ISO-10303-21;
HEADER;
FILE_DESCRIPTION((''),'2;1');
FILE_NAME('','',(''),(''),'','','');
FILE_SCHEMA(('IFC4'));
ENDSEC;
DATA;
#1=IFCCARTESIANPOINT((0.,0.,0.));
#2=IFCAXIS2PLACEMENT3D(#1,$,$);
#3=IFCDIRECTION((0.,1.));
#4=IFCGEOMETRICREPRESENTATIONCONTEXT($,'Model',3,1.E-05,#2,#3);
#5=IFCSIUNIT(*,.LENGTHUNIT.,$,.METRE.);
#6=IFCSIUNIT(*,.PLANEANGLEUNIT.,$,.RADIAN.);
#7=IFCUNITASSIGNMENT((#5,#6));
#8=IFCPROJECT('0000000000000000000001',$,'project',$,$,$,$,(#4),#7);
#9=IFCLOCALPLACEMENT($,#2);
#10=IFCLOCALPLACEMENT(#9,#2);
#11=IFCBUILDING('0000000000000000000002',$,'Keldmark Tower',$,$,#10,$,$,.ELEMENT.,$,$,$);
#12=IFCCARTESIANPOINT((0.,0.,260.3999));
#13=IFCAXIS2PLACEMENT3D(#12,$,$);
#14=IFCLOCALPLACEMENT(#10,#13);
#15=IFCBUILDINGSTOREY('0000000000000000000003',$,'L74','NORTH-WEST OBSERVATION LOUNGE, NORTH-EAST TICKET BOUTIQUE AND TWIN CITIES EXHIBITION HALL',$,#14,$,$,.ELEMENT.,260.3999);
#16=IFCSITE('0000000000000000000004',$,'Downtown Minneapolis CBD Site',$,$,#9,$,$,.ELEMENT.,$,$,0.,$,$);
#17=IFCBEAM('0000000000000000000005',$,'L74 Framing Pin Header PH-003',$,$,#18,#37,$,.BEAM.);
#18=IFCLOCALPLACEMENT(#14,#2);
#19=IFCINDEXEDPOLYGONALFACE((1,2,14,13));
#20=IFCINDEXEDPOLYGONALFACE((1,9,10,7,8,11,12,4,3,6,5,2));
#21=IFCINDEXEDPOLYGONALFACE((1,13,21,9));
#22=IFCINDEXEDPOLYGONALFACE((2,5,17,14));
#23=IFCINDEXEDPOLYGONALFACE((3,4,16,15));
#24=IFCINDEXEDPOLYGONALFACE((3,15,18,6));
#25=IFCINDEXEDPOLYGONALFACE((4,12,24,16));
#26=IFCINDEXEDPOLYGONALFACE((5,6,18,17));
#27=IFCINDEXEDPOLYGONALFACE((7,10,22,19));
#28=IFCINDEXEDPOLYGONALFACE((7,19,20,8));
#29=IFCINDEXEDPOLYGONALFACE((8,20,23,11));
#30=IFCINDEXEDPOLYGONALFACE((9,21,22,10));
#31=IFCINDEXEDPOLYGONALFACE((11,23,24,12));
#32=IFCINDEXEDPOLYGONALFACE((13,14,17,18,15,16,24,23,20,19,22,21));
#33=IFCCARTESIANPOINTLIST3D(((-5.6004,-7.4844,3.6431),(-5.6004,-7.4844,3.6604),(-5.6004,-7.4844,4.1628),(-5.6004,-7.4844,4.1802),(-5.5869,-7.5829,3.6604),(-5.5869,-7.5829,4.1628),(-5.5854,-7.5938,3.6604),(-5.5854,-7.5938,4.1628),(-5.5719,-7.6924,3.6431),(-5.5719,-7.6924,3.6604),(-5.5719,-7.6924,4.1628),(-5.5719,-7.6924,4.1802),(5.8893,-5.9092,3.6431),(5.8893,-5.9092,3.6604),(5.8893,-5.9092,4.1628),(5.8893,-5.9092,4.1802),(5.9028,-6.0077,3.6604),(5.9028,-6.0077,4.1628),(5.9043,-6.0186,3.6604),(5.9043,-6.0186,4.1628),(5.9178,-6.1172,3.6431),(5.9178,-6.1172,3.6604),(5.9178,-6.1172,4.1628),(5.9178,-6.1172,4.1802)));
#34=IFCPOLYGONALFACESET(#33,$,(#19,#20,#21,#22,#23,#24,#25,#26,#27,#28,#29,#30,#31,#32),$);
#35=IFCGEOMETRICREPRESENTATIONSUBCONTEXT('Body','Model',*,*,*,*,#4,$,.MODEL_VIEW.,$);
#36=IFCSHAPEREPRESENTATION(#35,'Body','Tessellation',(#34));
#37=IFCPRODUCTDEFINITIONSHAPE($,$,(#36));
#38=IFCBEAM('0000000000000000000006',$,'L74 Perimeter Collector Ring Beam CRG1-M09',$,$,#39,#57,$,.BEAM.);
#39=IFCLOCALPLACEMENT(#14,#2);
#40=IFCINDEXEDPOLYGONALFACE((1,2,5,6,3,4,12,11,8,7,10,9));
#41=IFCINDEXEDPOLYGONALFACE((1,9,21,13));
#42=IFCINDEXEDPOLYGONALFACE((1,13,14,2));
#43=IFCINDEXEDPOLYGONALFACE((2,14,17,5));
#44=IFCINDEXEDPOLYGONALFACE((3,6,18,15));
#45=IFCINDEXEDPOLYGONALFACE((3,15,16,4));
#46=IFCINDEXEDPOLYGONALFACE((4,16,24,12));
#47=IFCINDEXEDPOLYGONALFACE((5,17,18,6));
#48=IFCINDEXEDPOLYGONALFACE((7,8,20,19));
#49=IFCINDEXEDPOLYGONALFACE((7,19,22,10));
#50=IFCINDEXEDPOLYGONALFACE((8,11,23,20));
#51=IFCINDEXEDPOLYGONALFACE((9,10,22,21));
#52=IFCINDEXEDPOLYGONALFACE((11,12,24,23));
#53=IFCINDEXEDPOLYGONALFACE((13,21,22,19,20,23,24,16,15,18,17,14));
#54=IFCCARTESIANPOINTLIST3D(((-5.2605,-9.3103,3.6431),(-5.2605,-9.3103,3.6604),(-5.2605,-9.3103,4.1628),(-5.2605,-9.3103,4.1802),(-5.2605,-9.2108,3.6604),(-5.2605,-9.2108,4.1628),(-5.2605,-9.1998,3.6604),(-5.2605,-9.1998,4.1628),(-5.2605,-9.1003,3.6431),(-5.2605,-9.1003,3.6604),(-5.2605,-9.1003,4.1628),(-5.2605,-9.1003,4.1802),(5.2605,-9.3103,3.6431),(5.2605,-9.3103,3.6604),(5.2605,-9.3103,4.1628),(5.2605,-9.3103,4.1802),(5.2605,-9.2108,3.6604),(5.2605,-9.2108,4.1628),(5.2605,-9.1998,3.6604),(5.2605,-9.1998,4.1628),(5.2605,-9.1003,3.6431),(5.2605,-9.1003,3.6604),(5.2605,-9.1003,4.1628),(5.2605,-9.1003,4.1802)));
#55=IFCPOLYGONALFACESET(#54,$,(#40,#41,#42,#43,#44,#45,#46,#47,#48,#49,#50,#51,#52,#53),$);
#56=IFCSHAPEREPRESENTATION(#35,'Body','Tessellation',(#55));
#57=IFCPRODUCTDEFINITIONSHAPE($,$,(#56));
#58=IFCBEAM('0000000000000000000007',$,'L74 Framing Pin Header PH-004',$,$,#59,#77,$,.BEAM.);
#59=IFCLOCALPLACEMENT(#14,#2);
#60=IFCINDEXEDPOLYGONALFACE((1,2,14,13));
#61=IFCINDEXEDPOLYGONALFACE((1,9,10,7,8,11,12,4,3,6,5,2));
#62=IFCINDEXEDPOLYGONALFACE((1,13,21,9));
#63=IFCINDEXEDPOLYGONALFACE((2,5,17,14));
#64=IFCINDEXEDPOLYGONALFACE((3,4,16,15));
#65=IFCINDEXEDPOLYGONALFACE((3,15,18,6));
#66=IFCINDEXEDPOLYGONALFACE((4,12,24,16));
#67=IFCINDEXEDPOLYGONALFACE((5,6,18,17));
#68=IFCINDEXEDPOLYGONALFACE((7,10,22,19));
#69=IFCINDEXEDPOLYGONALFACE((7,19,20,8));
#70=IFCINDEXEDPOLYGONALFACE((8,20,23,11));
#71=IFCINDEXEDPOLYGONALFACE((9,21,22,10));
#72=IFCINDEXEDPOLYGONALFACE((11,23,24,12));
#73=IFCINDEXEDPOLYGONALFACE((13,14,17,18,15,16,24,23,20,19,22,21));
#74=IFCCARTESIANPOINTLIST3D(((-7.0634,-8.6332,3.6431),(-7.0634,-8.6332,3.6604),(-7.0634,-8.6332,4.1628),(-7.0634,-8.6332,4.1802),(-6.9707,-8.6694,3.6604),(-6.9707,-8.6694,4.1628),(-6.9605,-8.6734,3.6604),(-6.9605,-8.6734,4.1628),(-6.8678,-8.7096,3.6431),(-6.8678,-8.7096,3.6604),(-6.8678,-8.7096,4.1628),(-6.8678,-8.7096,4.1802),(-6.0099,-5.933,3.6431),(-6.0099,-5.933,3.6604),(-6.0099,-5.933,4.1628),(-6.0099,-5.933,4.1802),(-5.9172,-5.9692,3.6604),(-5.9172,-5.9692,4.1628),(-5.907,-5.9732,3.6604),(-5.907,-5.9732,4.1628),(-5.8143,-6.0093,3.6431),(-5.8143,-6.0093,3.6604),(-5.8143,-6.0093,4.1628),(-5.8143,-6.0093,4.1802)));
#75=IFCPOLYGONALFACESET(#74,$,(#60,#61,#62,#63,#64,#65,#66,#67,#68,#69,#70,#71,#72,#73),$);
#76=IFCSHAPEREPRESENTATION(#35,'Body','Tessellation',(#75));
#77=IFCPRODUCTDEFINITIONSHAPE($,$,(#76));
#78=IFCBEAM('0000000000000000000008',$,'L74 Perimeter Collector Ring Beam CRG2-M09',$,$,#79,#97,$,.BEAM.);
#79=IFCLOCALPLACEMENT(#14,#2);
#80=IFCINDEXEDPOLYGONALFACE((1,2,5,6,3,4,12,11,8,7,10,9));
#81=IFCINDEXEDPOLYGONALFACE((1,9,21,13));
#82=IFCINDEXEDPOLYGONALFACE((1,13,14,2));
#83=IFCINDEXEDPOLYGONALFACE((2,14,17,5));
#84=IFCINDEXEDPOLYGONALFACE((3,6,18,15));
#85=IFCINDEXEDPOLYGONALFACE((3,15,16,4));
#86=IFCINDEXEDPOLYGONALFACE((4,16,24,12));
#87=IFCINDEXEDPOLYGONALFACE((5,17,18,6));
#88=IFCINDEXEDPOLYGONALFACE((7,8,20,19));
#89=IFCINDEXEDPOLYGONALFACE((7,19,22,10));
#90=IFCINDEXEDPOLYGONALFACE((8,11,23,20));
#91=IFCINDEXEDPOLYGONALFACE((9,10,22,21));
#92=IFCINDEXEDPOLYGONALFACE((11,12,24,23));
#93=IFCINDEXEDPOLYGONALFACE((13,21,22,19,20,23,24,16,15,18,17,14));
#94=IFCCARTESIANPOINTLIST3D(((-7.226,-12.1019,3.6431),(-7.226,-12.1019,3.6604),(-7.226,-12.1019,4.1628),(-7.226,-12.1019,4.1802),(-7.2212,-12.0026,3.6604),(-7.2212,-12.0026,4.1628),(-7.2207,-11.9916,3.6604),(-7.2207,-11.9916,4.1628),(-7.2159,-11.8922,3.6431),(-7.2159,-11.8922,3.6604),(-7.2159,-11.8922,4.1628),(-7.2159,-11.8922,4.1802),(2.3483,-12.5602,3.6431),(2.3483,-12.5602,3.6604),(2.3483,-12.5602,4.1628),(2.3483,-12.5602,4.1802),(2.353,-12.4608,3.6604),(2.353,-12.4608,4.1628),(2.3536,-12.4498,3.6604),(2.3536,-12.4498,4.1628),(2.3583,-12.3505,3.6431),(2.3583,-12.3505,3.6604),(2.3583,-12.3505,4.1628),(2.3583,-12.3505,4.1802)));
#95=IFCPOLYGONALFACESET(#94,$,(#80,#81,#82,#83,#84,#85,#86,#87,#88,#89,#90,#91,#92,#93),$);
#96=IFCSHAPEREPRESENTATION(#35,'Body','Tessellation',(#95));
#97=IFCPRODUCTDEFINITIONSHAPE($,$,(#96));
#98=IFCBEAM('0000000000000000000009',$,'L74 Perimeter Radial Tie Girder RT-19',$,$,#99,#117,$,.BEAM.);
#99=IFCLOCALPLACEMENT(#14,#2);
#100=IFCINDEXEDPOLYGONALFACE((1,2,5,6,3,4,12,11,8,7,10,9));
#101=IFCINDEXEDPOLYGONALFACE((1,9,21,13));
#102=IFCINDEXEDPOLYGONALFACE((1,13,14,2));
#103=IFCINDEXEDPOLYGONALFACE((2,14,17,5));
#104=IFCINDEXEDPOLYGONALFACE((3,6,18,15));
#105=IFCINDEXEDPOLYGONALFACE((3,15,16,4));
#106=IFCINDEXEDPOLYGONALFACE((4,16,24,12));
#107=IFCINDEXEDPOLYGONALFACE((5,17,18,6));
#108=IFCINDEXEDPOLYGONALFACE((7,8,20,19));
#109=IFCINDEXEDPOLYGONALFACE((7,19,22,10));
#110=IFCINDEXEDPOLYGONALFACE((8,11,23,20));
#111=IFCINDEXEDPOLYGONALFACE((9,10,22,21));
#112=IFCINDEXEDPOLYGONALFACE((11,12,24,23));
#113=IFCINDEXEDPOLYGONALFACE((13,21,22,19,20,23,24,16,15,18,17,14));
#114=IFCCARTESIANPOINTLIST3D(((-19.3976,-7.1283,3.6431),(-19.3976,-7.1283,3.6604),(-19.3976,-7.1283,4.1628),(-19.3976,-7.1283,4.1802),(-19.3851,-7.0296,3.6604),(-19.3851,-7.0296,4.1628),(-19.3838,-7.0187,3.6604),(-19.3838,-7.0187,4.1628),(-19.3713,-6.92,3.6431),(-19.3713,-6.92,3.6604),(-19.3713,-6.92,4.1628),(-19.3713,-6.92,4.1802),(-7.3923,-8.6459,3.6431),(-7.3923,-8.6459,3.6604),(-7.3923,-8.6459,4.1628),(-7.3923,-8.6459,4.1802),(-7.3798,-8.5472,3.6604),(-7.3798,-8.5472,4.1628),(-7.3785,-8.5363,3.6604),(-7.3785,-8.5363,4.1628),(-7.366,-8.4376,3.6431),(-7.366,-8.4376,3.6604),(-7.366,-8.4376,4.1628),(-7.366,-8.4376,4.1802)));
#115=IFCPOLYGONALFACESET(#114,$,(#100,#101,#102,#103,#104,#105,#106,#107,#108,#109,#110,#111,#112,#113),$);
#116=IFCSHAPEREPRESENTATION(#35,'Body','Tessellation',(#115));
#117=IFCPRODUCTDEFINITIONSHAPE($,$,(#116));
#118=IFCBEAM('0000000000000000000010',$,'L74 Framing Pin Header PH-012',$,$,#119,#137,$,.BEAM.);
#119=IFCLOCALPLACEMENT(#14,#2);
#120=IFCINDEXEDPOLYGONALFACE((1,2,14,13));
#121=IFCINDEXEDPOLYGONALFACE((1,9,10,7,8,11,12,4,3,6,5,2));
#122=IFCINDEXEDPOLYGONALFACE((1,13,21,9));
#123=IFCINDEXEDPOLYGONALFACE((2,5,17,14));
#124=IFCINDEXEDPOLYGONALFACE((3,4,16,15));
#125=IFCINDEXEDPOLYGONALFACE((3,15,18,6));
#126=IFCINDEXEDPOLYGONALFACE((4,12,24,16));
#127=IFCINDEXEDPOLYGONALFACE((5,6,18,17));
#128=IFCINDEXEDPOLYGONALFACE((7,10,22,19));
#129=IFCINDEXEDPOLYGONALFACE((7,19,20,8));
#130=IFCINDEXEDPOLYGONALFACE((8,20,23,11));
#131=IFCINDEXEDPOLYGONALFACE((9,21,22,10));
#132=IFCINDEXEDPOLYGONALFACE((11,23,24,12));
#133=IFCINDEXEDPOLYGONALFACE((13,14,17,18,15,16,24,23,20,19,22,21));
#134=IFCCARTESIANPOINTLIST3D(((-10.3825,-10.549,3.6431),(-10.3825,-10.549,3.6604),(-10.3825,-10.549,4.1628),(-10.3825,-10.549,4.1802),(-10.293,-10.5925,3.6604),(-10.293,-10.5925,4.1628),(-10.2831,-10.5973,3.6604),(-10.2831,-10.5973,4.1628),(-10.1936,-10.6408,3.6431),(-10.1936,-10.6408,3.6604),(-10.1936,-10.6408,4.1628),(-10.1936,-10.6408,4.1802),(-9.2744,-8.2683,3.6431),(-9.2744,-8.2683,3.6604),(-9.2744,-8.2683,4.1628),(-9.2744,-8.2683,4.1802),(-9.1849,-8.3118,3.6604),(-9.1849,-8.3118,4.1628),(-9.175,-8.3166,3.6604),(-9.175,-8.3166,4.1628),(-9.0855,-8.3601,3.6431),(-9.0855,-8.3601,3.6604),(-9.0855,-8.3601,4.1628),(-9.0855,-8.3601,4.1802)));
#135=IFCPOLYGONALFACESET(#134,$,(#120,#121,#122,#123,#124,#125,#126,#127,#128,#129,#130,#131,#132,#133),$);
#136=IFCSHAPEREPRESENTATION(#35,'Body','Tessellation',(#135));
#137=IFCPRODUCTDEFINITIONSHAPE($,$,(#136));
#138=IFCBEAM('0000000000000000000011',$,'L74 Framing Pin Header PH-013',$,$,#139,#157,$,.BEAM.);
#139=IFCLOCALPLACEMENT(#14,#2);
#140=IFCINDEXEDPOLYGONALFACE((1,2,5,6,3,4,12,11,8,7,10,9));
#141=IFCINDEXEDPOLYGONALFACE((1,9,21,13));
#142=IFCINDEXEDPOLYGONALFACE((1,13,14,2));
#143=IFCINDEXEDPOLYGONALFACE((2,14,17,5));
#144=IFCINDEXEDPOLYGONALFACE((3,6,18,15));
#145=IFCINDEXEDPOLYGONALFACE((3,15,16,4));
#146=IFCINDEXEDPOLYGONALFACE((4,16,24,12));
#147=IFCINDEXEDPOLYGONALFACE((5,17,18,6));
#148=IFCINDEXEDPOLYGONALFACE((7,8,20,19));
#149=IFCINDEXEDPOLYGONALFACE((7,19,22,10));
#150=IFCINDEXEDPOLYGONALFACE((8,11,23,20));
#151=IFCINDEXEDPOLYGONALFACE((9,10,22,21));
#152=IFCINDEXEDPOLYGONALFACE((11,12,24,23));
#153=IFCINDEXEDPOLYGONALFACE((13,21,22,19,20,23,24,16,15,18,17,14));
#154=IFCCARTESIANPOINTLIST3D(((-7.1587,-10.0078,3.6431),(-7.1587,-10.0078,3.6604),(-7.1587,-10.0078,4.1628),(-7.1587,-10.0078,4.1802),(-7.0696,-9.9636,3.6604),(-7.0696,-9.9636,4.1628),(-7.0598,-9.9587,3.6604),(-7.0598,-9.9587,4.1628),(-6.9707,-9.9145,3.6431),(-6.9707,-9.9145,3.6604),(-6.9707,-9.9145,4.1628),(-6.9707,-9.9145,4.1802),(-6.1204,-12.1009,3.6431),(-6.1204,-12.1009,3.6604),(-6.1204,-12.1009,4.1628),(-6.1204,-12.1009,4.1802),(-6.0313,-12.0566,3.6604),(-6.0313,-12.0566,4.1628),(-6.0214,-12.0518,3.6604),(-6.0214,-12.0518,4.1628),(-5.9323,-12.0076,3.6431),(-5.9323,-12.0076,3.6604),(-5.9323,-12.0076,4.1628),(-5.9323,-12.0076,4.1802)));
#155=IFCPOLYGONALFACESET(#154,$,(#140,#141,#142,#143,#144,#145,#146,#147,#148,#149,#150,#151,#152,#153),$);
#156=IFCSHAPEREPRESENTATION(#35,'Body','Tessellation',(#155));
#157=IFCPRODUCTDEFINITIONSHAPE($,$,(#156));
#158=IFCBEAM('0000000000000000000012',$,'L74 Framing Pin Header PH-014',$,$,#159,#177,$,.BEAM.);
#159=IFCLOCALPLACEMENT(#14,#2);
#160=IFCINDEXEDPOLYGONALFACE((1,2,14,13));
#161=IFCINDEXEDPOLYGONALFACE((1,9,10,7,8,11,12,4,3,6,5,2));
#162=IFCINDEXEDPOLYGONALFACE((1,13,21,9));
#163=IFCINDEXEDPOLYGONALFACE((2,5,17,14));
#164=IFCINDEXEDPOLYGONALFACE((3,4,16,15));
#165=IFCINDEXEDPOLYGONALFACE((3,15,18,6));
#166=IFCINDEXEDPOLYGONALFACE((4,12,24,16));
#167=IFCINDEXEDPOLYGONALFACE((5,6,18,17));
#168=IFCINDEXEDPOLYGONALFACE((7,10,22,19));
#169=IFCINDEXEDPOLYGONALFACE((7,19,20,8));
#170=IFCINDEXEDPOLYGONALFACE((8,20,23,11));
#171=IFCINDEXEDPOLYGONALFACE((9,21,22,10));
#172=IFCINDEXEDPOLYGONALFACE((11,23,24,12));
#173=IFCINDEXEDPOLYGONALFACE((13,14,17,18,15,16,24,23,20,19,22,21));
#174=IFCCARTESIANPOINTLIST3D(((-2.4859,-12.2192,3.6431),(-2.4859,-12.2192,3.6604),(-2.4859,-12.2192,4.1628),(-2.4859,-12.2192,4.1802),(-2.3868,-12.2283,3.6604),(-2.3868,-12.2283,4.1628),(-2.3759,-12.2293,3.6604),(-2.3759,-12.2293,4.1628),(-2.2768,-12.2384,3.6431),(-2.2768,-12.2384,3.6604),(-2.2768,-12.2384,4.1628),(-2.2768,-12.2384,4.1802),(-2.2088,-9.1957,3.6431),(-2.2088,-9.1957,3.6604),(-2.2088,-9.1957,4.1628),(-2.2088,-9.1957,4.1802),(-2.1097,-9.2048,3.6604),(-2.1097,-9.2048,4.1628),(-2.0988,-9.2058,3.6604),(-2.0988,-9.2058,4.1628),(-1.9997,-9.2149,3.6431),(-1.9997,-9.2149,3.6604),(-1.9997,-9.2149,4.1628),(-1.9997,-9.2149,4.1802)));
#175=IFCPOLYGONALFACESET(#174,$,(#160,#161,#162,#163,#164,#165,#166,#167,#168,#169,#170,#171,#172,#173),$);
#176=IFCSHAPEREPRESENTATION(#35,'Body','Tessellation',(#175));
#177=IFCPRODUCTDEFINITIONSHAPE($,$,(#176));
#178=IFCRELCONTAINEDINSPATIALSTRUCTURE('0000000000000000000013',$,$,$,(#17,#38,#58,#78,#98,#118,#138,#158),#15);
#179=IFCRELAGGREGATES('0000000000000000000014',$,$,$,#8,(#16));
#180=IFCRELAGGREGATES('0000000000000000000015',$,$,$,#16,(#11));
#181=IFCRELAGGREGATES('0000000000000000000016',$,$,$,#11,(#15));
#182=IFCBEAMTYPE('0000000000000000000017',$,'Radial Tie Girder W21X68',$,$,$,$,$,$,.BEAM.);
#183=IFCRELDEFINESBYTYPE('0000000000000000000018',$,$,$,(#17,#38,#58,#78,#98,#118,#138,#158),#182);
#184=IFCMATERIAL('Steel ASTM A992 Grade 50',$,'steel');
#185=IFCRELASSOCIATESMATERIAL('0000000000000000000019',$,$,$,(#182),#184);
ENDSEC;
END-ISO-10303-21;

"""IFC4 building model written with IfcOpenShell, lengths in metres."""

from ifc_helpers import new_model, si_unit, direction, frame, origin, origin_2d, place, context, subcontext, project, spatial, i_section, extrude, material, material_profile, profile_set, type_object, element, save


model = new_model("IFC4")

# Units and contexts
model_context = context("Model", 3, precision=1e-05, world=origin(), true_north=direction((0.0, 1.0)))
body_context = subcontext(model_context, "Body", "Model", "MODEL_VIEW")
ifc_project = project(units=[si_unit("LENGTHUNIT", "METRE"), si_unit("PLANEANGLEUNIT", "RADIAN")], contexts=[model_context])

# Site, building, storey
site_placement = place(None, origin())
site = spatial("IfcSite", under=ifc_project, at=site_placement, Name="Downtown Minneapolis CBD Site", CompositionType="ELEMENT", RefElevation=0.0)
building_placement = place(site_placement, origin())
building = spatial("IfcBuilding", under=site, at=building_placement, Name="Keldmark Tower", CompositionType="ELEMENT")
storey_placement = place(building_placement, frame((0.0, 0.0, 260.3999)))
storey = spatial("IfcBuildingStorey", under=building, at=storey_placement, Name="L74", Description="NORTH-WEST OBSERVATION LOUNGE, NORTH-EAST TICKET BOUTIQUE AND TWIN CITIES EXHIBITION HALL", CompositionType="ELEMENT", Elevation=260.3999)

# Beams
ifc_material_1 = material(Name="Steel ASTM A992 Grade 50", Category="steel")
ifc_material_profile_1 = material_profile(ifc_material_1, i_section(OverallWidth=0.21, OverallDepth=0.5371, WebThickness=0.011, FlangeThickness=0.0173, at=origin_2d()), Name="W21X68")
ifc_profile_set_1 = profile_set([ifc_material_profile_1], Name="Steel ASTM A992 Grade 50")
beam_type_1 = type_object("IfcBeamType", Name="Radial Tie Girder W21X68", PredefinedType="BEAM", material=ifc_profile_set_1)
beam_1_placement = place(storey_placement, frame((-5.5862, -7.5884, 3.9116), z_axis=(0.990733, 0.135825, 0.0), x_axis=(-0.135825, 0.990733, 0.0)))
element("IfcBeam", 1, at=beam_1_placement, inside=storey, type_object=beam_type_1, Name="L74 Framing Pin Header PH-003", PredefinedType="BEAM", context=body_context, shape_type="SweptSolid", body=[
    extrude(i_section(OverallWidth=0.21, OverallDepth=0.5371, WebThickness=0.011, FlangeThickness=0.0173, at=origin_2d()), origin(), (0.0, 0.0, 1.0), 11.5972),
])
beam_2_placement = place(storey_placement, frame((-5.2605, -9.2053, 3.9116), z_axis=(1.0, 0.0, 0.0), x_axis=(0.0, 1.0, 0.0)))
element("IfcBeam", 2, at=beam_2_placement, inside=storey, type_object=beam_type_1, Name="L74 Perimeter Collector Ring Beam CRG1-M09", PredefinedType="BEAM", context=body_context, shape_type="SweptSolid", body=[
    extrude(i_section(OverallWidth=0.21, OverallDepth=0.5371, WebThickness=0.011, FlangeThickness=0.0173, at=origin_2d()), origin(), (0.0, 0.0, 1.0), 10.521),
])
beam_3_placement = place(storey_placement, frame((-5.9121, -5.9712, 3.9116), z_axis=(-0.363462, -0.931609, 0.0), x_axis=(0.931609, -0.363462, 0.0)))
element("IfcBeam", 3, at=beam_3_placement, inside=storey, type_object=beam_type_1, Name="L74 Framing Pin Header PH-004", PredefinedType="BEAM", context=body_context, shape_type="SweptSolid", body=[
    extrude(i_section(OverallWidth=0.21, OverallDepth=0.5371, WebThickness=0.011, FlangeThickness=0.0173, at=origin_2d()), origin(), (0.0, 0.0, 1.0), 2.8984),
])
beam_4_placement = place(storey_placement, frame((-7.2209, -11.9971, 3.9116), z_axis=(0.998857, -0.047808, 0.0), x_axis=(0.047808, 0.998857, 0.0)))
element("IfcBeam", 4, at=beam_4_placement, inside=storey, type_object=beam_type_1, Name="L74 Perimeter Collector Ring Beam CRG2-M09", PredefinedType="BEAM", context=body_context, shape_type="SweptSolid", body=[
    extrude(i_section(OverallWidth=0.21, OverallDepth=0.5371, WebThickness=0.011, FlangeThickness=0.0173, at=origin_2d()), origin(), (0.0, 0.0, 1.0), 9.5852),
])
beam_5_placement = place(storey_placement, frame((-7.3792, -8.5417, 3.9116), z_axis=(-0.992105, 0.12541, 0.0), x_axis=(-0.12541, -0.992105, 0.0)))
element("IfcBeam", 5, at=beam_5_placement, inside=storey, type_object=beam_type_1, Name="L74 Perimeter Radial Tie Girder RT-19", PredefinedType="BEAM", context=body_context, shape_type="SweptSolid", body=[
    extrude(i_section(OverallWidth=0.21, OverallDepth=0.5371, WebThickness=0.011, FlangeThickness=0.0173, at=origin_2d()), origin(), (0.0, 0.0, 1.0), 12.1008),
])
beam_6_placement = place(storey_placement, frame((-9.1799, -8.3142, 3.9116), z_axis=(-0.437017, -0.899453, 0.0), x_axis=(0.899453, -0.437017, 0.0)))
element("IfcBeam", 6, at=beam_6_placement, inside=storey, type_object=beam_type_1, Name="L74 Framing Pin Header PH-012", PredefinedType="BEAM", context=body_context, shape_type="SweptSolid", body=[
    extrude(i_section(OverallWidth=0.21, OverallDepth=0.5371, WebThickness=0.011, FlangeThickness=0.0173, at=origin_2d()), origin(), (0.0, 0.0, 1.0), 2.5356),
])
beam_7_placement = place(storey_placement, frame((-7.0647, -9.9612, 3.9116), z_axis=(0.444411, -0.895823, 0.0), x_axis=(0.895823, 0.444411, 0.0)))
element("IfcBeam", 7, at=beam_7_placement, inside=storey, type_object=beam_type_1, Name="L74 Framing Pin Header PH-013", PredefinedType="BEAM", context=body_context, shape_type="SweptSolid", body=[
    extrude(i_section(OverallWidth=0.21, OverallDepth=0.5371, WebThickness=0.011, FlangeThickness=0.0173, at=origin_2d()), origin(), (0.0, 0.0, 1.0), 2.3364),
])
beam_8_placement = place(storey_placement, frame((-2.1042, -9.2053, 3.9116), z_axis=(-0.091268, -0.995826, 0.0), x_axis=(0.995826, -0.091268, 0.0)))
element("IfcBeam", 8, at=beam_8_placement, inside=storey, type_object=beam_type_1, Name="L74 Framing Pin Header PH-014", PredefinedType="BEAM", context=body_context, shape_type="SweptSolid", body=[
    extrude(i_section(OverallWidth=0.21, OverallDepth=0.5371, WebThickness=0.011, FlangeThickness=0.0173, at=origin_2d()), origin(), (0.0, 0.0, 1.0), 3.0361),
])

save(model, "model.ifc")
